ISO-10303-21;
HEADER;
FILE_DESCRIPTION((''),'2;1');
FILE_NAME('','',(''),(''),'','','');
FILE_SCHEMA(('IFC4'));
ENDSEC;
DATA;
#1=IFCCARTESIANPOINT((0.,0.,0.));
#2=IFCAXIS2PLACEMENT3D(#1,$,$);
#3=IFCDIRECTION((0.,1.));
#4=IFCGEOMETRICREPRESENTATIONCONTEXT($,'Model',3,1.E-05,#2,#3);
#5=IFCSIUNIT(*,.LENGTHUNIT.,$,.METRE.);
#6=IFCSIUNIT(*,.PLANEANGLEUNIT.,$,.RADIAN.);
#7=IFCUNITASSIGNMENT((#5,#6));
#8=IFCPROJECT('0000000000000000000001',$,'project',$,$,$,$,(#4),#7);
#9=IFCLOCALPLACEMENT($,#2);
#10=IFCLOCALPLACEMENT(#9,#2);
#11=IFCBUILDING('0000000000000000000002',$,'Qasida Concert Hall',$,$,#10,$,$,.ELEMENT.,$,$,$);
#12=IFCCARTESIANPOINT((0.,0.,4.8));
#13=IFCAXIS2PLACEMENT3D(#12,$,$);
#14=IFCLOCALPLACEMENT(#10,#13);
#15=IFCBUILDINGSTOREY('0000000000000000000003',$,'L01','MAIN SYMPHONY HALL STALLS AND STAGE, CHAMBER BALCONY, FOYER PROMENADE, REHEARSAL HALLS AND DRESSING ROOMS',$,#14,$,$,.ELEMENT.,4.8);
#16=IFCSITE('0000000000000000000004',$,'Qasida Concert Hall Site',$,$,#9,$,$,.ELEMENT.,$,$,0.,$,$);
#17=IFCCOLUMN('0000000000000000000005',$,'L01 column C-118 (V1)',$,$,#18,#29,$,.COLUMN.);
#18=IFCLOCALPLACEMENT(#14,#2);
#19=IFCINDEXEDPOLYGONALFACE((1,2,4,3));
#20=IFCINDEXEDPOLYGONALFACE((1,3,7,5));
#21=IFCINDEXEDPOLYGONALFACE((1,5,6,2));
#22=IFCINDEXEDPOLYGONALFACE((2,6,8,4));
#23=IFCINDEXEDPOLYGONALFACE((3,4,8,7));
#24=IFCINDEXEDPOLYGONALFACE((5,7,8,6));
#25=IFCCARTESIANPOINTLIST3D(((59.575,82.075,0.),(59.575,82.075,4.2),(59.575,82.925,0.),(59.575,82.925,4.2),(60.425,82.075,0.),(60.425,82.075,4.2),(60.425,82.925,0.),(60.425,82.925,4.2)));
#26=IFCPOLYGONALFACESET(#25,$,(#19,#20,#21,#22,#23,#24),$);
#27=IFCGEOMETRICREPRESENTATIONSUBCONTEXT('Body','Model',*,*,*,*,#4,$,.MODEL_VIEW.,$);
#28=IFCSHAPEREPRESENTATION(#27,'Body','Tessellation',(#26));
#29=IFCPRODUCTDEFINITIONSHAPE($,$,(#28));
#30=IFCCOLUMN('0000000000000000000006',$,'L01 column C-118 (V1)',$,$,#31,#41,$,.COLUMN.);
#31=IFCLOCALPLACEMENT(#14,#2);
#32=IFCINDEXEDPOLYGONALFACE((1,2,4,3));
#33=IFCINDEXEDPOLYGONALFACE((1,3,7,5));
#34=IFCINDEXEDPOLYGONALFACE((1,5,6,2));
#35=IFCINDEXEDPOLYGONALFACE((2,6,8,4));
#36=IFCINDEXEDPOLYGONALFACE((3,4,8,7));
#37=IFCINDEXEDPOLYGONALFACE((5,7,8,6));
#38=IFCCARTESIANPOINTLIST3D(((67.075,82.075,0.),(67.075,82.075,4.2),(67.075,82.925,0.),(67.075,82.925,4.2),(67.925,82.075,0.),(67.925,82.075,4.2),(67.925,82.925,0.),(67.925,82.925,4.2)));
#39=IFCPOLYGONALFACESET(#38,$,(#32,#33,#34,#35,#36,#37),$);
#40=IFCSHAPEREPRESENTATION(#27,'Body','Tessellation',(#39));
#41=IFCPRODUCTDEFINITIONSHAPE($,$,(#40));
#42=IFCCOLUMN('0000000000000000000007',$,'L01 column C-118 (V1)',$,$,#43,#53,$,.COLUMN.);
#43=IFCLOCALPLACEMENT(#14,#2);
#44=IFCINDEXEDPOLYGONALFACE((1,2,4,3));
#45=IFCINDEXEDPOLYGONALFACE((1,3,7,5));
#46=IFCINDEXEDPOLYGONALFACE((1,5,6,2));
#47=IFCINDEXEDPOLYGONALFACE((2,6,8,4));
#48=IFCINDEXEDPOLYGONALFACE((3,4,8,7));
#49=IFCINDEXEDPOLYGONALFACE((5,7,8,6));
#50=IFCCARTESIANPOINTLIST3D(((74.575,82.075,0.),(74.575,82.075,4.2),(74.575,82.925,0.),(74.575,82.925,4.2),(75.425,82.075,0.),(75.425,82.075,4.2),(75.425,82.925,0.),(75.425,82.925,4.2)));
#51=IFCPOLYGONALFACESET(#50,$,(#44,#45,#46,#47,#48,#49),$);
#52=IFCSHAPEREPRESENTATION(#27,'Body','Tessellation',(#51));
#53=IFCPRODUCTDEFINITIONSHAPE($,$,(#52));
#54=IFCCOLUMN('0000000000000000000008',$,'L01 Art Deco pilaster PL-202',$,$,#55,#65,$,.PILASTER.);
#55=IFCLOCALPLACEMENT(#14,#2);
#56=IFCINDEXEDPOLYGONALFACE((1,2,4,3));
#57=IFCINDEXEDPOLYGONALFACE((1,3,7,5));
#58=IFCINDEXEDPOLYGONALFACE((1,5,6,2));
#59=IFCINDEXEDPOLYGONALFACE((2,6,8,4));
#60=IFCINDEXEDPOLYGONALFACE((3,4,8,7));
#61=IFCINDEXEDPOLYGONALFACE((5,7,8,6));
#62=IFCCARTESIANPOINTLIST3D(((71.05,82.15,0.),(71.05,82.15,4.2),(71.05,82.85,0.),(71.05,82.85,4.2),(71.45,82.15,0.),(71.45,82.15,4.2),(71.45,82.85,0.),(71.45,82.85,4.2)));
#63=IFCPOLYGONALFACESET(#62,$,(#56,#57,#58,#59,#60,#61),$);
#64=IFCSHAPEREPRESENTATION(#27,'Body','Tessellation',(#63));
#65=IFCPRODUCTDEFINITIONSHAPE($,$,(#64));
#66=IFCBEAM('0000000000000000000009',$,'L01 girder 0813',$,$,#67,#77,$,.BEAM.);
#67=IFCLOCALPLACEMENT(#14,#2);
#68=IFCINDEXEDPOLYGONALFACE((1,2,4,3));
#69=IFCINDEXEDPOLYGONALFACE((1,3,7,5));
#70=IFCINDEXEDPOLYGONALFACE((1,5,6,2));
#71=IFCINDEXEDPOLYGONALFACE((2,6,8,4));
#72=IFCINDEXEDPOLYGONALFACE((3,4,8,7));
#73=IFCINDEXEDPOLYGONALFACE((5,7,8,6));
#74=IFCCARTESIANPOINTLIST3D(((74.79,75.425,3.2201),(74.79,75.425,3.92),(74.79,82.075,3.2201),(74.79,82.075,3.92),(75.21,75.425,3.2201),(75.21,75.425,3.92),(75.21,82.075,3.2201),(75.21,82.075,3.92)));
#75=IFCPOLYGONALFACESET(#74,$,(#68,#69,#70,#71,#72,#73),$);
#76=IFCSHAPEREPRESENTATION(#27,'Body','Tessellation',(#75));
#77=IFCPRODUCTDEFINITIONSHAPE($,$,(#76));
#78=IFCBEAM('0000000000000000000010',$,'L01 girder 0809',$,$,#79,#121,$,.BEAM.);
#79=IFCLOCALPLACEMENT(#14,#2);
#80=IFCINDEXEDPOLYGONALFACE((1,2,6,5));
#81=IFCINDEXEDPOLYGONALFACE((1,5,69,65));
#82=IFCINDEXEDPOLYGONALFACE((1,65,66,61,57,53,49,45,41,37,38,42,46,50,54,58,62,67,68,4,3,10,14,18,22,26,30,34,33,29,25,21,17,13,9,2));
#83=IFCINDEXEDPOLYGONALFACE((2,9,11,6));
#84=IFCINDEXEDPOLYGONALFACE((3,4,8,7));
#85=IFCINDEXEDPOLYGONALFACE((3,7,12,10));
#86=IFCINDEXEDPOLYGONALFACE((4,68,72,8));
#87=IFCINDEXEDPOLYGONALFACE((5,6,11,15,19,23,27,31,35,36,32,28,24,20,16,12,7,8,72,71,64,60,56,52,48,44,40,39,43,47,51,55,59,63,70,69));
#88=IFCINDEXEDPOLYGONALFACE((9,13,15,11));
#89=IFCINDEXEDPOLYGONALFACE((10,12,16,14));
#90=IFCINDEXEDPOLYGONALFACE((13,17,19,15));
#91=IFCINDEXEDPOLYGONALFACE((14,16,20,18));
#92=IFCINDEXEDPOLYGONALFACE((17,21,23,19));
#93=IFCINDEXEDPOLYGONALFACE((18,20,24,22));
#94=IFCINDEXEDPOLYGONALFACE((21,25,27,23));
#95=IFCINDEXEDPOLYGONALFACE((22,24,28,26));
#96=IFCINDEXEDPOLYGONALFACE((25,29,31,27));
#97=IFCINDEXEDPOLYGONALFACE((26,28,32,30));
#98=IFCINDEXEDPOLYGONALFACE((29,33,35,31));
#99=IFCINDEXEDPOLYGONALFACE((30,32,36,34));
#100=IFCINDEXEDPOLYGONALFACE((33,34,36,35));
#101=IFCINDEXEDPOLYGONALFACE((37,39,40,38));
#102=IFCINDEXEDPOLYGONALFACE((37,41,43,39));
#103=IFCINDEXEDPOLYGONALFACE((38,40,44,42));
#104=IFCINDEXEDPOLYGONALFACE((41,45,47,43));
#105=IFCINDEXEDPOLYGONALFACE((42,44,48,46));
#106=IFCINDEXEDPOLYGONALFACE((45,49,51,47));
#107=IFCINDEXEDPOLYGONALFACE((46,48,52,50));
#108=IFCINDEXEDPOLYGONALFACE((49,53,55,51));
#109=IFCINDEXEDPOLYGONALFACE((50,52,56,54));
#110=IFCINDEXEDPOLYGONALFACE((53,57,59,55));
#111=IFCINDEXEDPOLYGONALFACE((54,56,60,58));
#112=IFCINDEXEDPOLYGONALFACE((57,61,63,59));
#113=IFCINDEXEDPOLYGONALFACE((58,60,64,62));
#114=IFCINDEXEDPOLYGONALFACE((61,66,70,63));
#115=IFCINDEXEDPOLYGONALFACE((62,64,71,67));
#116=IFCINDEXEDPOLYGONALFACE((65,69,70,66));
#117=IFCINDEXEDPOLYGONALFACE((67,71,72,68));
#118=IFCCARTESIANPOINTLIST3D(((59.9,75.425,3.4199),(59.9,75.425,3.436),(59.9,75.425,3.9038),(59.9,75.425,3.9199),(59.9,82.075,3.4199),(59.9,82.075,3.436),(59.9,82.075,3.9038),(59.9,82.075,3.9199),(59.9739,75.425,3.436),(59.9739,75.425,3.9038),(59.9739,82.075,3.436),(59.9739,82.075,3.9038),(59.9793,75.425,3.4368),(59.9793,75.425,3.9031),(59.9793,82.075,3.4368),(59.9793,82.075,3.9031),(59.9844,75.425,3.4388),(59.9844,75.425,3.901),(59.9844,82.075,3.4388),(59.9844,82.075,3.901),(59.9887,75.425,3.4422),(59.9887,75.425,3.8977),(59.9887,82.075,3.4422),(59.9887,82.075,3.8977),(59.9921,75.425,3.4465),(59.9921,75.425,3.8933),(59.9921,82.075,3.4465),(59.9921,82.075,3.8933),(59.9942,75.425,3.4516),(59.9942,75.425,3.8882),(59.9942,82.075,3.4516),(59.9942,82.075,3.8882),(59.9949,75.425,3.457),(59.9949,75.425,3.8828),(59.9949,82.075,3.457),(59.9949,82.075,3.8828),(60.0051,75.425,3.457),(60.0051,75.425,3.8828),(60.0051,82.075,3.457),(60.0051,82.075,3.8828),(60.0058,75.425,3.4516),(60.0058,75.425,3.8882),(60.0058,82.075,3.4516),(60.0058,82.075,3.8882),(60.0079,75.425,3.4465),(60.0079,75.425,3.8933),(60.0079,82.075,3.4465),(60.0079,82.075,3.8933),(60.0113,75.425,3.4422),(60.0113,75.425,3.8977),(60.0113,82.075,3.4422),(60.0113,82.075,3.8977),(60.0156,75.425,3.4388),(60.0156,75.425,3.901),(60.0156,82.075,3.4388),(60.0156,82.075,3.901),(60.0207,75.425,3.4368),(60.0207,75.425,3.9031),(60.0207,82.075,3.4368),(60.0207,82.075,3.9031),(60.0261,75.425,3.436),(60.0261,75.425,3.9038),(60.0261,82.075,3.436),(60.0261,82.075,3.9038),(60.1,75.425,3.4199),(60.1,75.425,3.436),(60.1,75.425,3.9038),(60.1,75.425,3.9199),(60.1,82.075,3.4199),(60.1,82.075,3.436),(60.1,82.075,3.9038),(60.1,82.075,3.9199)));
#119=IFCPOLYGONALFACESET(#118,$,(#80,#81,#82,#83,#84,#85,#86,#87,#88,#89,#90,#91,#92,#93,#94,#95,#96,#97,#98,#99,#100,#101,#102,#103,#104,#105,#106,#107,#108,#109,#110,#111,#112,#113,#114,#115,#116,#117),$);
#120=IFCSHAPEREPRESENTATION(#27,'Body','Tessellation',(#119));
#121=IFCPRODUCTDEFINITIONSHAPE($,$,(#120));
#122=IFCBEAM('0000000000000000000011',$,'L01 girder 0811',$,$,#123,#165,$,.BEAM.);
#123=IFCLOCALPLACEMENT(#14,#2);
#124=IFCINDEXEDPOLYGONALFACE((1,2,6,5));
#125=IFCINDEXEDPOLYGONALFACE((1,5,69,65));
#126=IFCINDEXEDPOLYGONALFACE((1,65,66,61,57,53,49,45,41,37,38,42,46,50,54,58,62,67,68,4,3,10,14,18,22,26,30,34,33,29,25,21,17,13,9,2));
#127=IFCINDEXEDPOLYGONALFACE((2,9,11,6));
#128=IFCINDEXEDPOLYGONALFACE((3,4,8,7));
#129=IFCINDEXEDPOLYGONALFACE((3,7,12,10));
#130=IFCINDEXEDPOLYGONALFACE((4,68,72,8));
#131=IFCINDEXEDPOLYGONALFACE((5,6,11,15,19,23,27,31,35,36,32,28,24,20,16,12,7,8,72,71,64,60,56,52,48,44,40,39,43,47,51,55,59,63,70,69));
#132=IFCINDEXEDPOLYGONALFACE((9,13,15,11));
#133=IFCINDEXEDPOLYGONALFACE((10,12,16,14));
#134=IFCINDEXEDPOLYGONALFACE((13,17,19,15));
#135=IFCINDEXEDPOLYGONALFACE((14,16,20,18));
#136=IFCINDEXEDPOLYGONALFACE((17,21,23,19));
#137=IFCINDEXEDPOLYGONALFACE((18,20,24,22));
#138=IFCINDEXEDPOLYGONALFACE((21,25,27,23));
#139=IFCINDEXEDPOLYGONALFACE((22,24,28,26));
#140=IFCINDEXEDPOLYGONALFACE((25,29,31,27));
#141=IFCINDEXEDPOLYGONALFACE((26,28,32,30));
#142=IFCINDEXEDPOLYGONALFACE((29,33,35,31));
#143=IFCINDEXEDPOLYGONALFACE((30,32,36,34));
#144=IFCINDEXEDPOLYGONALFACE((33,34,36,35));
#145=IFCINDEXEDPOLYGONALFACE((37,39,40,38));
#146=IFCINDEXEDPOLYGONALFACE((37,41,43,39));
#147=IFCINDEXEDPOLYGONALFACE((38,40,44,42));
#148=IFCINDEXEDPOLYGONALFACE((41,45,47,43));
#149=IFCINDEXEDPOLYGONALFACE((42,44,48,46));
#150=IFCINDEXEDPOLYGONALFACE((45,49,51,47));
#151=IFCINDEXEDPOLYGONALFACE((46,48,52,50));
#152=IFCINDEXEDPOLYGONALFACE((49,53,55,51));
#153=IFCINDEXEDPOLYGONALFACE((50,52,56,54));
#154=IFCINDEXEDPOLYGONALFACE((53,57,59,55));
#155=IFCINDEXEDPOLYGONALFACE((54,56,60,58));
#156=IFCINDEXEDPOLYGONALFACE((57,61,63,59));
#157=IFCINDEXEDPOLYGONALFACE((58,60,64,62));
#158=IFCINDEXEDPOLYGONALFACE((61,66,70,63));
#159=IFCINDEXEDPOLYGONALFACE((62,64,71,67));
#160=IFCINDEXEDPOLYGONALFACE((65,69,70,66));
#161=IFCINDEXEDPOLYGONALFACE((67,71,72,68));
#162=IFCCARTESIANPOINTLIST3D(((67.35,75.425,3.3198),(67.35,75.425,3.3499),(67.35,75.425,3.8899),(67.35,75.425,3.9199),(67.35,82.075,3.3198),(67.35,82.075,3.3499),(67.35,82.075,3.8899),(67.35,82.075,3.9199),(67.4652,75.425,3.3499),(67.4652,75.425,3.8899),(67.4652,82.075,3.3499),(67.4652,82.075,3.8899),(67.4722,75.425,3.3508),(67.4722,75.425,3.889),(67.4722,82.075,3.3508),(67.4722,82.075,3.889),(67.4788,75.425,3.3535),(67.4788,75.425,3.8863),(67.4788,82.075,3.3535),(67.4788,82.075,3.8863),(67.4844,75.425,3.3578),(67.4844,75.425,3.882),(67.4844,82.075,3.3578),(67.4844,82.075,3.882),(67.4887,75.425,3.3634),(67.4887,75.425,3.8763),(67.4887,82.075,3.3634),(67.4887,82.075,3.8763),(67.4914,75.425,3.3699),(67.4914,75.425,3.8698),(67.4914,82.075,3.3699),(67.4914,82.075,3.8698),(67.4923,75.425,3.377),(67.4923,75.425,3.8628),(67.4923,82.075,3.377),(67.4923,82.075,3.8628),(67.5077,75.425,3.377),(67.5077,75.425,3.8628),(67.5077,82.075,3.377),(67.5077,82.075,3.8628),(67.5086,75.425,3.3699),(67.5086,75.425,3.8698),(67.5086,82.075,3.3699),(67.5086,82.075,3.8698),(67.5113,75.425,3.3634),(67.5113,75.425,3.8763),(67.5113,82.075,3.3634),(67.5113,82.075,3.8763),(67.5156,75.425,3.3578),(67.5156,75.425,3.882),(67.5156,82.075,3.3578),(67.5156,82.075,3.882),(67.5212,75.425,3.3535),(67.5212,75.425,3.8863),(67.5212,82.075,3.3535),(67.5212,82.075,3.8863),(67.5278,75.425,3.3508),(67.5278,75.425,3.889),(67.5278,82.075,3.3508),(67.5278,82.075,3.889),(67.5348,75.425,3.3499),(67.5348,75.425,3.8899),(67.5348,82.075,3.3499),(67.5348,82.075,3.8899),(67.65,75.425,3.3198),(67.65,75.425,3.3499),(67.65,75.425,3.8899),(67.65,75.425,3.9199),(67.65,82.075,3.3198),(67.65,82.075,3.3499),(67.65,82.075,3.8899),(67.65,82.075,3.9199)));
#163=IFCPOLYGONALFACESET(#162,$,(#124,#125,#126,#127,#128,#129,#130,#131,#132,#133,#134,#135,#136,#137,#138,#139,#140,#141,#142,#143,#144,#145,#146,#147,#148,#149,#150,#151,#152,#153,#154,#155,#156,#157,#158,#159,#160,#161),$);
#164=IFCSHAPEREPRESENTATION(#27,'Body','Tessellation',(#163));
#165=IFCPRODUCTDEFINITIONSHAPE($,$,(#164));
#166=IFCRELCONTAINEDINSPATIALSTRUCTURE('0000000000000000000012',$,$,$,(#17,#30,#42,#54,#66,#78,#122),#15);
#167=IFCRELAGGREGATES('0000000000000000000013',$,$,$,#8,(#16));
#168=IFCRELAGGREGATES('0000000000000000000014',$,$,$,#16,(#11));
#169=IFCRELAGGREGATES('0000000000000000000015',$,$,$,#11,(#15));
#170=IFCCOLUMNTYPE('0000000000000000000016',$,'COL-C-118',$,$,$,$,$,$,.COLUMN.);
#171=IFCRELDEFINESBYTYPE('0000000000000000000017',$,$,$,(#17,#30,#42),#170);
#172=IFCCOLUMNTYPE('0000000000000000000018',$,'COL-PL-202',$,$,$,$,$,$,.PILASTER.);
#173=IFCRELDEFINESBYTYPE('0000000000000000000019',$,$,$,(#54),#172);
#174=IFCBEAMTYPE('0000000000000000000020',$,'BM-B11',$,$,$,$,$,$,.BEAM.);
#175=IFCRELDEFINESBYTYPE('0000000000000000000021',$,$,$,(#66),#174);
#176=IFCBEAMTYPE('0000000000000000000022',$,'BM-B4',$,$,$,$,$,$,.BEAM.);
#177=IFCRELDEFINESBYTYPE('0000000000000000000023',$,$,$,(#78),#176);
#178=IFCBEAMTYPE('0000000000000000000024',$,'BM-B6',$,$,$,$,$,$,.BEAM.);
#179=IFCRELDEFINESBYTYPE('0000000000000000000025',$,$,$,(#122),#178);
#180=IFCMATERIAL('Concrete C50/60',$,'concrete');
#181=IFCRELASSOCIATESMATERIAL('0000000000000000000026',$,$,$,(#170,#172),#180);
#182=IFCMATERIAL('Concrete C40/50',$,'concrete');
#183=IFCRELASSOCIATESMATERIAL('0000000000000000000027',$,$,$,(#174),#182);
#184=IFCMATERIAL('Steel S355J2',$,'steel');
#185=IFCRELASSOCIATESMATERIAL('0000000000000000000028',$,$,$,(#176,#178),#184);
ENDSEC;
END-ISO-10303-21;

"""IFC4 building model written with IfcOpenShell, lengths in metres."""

from ifc_helpers import new_model, si_unit, direction, frame, origin, origin_2d, place, context, subcontext, project, spatial, rectangle, i_section, extrude, material, material_profile, profile_set, type_object, element, save


model = new_model("IFC4")

# Units and contexts
model_context = context("Model", 3, precision=1e-05, world=origin(), true_north=direction((0.0, 1.0)))
body_context = subcontext(model_context, "Body", "Model", "MODEL_VIEW")
ifc_project = project(units=[si_unit("LENGTHUNIT", "METRE"), si_unit("PLANEANGLEUNIT", "RADIAN")], contexts=[model_context])

# Site, building, storey
site_placement = place(None, origin())
site = spatial("IfcSite", under=ifc_project, at=site_placement, Name="Qasida Concert Hall Site", CompositionType="ELEMENT", RefElevation=0.0)
building_placement = place(site_placement, origin())
building = spatial("IfcBuilding", under=site, at=building_placement, Name="Qasida Concert Hall", CompositionType="ELEMENT")
storey_placement = place(building_placement, frame((0.0, 0.0, 4.8)))
storey = spatial("IfcBuildingStorey", under=building, at=storey_placement, Name="L01", Description="MAIN SYMPHONY HALL STALLS AND STAGE, CHAMBER BALCONY, FOYER PROMENADE, REHEARSAL HALLS AND DRESSING ROOMS", CompositionType="ELEMENT", Elevation=4.8)

# Columns
ifc_material_1 = material(Name="Concrete C50/60", Category="concrete")
ifc_material_profile_1 = material_profile(ifc_material_1, rectangle(XDim=0.8501, YDim=0.8501, at=origin_2d()), Name="RC 850x850")
ifc_profile_set_1 = profile_set([ifc_material_profile_1], Name="Concrete C50/60")
column_type_1 = type_object("IfcColumnType", Name="COL-C-118", PredefinedType="COLUMN", material=ifc_profile_set_1)
for number, where, z_axis, x_axis, name in (
    (1, (60.0, 82.5, 0.0), (0.0, 0.0, 1.0), (1.0, 0.0, 0.0), "L01 column C-118 (V1)"),
    (2, (67.5, 82.5, 0.0), (0.0, 0.0, 1.0), (1.0, 0.0, 0.0), "L01 column C-118 (V1)"),
    (3, (75.0, 82.5, 0.0), (0.0, 0.0, 1.0), (1.0, 0.0, 0.0), "L01 column C-118 (V1)"),
):
    element("IfcColumn", number, at=place(storey_placement, frame(where, z_axis=z_axis, x_axis=x_axis)), inside=storey, type_object=column_type_1, Name=name, PredefinedType="COLUMN", context=body_context, shape_type="SweptSolid", body=[
        extrude(rectangle(XDim=0.8501, YDim=0.8501, at=origin_2d()), origin(), (0.0, 0.0, 1.0), 4.2),
    ])
ifc_material_profile_2 = material_profile(ifc_material_1, rectangle(XDim=0.3999, YDim=0.7, at=origin_2d()), Name="RC 400x700")
ifc_profile_set_2 = profile_set([ifc_material_profile_2], Name="Concrete C50/60")
column_type_2 = type_object("IfcColumnType", Name="COL-PL-202", PredefinedType="PILASTER", material=ifc_profile_set_2)
column_placement = place(storey_placement, frame((71.25, 82.5, 0.0), z_axis=(0.0, 0.0, 1.0), x_axis=(1.0, 0.0, 0.0)))
element("IfcColumn", 4, at=column_placement, inside=storey, type_object=column_type_2, Name="L01 Art Deco pilaster PL-202", PredefinedType="PILASTER", context=body_context, shape_type="SweptSolid", body=[
    extrude(rectangle(XDim=0.3999, YDim=0.7, at=origin_2d()), origin(), (0.0, 0.0, 1.0), 4.2),
])

# Beams
ifc_material_2 = material(Name="Concrete C40/50", Category="concrete")
ifc_material_profile_3 = material_profile(ifc_material_2, rectangle(XDim=0.4199, YDim=0.7, at=origin_2d()), Name="RC 420x700")
ifc_profile_set_3 = profile_set([ifc_material_profile_3], Name="Concrete C40/50")
beam_type_1 = type_object("IfcBeamType", Name="BM-B11", PredefinedType="BEAM", material=ifc_profile_set_3)
beam_1_placement = place(storey_placement, frame((75.0, 75.425, 3.5701), z_axis=(0.0, 1.0, 0.0), x_axis=(-1.0, 0.0, 0.0)))
element("IfcBeam", 5, at=beam_1_placement, inside=storey, type_object=beam_type_1, Name="L01 girder 0813", PredefinedType="BEAM", context=body_context, shape_type="SweptSolid", body=[
    extrude(rectangle(XDim=0.4199, YDim=0.7, at=origin_2d()), origin(), (0.0, 0.0, 1.0), 6.6499),
])
ifc_material_3 = material(Name="Steel S355J2", Category="steel")
ifc_material_profile_4 = material_profile(ifc_material_3, i_section(OverallWidth=0.2, OverallDepth=0.5, WebThickness=0.0103, FlangeThickness=0.0161, FilletRadius=0.021, at=origin_2d()), Name="IPE 500")
ifc_profile_set_4 = profile_set([ifc_material_profile_4], Name="Steel S355J2")
beam_type_2 = type_object("IfcBeamType", Name="BM-B4", PredefinedType="BEAM", material=ifc_profile_set_4)
beam_2_placement = place(storey_placement, frame((60.0, 75.425, 3.6699), z_axis=(0.0, 1.0, 0.0), x_axis=(-1.0, 0.0, 0.0)))
element("IfcBeam", 6, at=beam_2_placement, inside=storey, type_object=beam_type_2, Name="L01 girder 0809", PredefinedType="BEAM", context=body_context, shape_type="SweptSolid", body=[
    extrude(i_section(OverallWidth=0.2, OverallDepth=0.5, WebThickness=0.0103, FlangeThickness=0.0161, FilletRadius=0.021, at=origin_2d()), origin(), (0.0, 0.0, 1.0), 6.6499),
])
ifc_material_profile_5 = material_profile(ifc_material_3, i_section(OverallWidth=0.3, OverallDepth=0.6001, WebThickness=0.0154, FlangeThickness=0.03, FilletRadius=0.0271, at=origin_2d()), Name="HEB 600")
ifc_profile_set_5 = profile_set([ifc_material_profile_5], Name="Steel S355J2")
beam_type_3 = type_object("IfcBeamType", Name="BM-B6", PredefinedType="BEAM", material=ifc_profile_set_5)
beam_3_placement = place(storey_placement, frame((67.5, 75.425, 3.6199), z_axis=(0.0, 1.0, 0.0), x_axis=(-1.0, 0.0, 0.0)))
element("IfcBeam", 7, at=beam_3_placement, inside=storey, type_object=beam_type_3, Name="L01 girder 0811", PredefinedType="BEAM", context=body_context, shape_type="SweptSolid", body=[
    extrude(i_section(OverallWidth=0.3, OverallDepth=0.6001, WebThickness=0.0154, FlangeThickness=0.03, FilletRadius=0.0271, at=origin_2d()), origin(), (0.0, 0.0, 1.0), 6.6499),
])

save(model, "model.ifc")
